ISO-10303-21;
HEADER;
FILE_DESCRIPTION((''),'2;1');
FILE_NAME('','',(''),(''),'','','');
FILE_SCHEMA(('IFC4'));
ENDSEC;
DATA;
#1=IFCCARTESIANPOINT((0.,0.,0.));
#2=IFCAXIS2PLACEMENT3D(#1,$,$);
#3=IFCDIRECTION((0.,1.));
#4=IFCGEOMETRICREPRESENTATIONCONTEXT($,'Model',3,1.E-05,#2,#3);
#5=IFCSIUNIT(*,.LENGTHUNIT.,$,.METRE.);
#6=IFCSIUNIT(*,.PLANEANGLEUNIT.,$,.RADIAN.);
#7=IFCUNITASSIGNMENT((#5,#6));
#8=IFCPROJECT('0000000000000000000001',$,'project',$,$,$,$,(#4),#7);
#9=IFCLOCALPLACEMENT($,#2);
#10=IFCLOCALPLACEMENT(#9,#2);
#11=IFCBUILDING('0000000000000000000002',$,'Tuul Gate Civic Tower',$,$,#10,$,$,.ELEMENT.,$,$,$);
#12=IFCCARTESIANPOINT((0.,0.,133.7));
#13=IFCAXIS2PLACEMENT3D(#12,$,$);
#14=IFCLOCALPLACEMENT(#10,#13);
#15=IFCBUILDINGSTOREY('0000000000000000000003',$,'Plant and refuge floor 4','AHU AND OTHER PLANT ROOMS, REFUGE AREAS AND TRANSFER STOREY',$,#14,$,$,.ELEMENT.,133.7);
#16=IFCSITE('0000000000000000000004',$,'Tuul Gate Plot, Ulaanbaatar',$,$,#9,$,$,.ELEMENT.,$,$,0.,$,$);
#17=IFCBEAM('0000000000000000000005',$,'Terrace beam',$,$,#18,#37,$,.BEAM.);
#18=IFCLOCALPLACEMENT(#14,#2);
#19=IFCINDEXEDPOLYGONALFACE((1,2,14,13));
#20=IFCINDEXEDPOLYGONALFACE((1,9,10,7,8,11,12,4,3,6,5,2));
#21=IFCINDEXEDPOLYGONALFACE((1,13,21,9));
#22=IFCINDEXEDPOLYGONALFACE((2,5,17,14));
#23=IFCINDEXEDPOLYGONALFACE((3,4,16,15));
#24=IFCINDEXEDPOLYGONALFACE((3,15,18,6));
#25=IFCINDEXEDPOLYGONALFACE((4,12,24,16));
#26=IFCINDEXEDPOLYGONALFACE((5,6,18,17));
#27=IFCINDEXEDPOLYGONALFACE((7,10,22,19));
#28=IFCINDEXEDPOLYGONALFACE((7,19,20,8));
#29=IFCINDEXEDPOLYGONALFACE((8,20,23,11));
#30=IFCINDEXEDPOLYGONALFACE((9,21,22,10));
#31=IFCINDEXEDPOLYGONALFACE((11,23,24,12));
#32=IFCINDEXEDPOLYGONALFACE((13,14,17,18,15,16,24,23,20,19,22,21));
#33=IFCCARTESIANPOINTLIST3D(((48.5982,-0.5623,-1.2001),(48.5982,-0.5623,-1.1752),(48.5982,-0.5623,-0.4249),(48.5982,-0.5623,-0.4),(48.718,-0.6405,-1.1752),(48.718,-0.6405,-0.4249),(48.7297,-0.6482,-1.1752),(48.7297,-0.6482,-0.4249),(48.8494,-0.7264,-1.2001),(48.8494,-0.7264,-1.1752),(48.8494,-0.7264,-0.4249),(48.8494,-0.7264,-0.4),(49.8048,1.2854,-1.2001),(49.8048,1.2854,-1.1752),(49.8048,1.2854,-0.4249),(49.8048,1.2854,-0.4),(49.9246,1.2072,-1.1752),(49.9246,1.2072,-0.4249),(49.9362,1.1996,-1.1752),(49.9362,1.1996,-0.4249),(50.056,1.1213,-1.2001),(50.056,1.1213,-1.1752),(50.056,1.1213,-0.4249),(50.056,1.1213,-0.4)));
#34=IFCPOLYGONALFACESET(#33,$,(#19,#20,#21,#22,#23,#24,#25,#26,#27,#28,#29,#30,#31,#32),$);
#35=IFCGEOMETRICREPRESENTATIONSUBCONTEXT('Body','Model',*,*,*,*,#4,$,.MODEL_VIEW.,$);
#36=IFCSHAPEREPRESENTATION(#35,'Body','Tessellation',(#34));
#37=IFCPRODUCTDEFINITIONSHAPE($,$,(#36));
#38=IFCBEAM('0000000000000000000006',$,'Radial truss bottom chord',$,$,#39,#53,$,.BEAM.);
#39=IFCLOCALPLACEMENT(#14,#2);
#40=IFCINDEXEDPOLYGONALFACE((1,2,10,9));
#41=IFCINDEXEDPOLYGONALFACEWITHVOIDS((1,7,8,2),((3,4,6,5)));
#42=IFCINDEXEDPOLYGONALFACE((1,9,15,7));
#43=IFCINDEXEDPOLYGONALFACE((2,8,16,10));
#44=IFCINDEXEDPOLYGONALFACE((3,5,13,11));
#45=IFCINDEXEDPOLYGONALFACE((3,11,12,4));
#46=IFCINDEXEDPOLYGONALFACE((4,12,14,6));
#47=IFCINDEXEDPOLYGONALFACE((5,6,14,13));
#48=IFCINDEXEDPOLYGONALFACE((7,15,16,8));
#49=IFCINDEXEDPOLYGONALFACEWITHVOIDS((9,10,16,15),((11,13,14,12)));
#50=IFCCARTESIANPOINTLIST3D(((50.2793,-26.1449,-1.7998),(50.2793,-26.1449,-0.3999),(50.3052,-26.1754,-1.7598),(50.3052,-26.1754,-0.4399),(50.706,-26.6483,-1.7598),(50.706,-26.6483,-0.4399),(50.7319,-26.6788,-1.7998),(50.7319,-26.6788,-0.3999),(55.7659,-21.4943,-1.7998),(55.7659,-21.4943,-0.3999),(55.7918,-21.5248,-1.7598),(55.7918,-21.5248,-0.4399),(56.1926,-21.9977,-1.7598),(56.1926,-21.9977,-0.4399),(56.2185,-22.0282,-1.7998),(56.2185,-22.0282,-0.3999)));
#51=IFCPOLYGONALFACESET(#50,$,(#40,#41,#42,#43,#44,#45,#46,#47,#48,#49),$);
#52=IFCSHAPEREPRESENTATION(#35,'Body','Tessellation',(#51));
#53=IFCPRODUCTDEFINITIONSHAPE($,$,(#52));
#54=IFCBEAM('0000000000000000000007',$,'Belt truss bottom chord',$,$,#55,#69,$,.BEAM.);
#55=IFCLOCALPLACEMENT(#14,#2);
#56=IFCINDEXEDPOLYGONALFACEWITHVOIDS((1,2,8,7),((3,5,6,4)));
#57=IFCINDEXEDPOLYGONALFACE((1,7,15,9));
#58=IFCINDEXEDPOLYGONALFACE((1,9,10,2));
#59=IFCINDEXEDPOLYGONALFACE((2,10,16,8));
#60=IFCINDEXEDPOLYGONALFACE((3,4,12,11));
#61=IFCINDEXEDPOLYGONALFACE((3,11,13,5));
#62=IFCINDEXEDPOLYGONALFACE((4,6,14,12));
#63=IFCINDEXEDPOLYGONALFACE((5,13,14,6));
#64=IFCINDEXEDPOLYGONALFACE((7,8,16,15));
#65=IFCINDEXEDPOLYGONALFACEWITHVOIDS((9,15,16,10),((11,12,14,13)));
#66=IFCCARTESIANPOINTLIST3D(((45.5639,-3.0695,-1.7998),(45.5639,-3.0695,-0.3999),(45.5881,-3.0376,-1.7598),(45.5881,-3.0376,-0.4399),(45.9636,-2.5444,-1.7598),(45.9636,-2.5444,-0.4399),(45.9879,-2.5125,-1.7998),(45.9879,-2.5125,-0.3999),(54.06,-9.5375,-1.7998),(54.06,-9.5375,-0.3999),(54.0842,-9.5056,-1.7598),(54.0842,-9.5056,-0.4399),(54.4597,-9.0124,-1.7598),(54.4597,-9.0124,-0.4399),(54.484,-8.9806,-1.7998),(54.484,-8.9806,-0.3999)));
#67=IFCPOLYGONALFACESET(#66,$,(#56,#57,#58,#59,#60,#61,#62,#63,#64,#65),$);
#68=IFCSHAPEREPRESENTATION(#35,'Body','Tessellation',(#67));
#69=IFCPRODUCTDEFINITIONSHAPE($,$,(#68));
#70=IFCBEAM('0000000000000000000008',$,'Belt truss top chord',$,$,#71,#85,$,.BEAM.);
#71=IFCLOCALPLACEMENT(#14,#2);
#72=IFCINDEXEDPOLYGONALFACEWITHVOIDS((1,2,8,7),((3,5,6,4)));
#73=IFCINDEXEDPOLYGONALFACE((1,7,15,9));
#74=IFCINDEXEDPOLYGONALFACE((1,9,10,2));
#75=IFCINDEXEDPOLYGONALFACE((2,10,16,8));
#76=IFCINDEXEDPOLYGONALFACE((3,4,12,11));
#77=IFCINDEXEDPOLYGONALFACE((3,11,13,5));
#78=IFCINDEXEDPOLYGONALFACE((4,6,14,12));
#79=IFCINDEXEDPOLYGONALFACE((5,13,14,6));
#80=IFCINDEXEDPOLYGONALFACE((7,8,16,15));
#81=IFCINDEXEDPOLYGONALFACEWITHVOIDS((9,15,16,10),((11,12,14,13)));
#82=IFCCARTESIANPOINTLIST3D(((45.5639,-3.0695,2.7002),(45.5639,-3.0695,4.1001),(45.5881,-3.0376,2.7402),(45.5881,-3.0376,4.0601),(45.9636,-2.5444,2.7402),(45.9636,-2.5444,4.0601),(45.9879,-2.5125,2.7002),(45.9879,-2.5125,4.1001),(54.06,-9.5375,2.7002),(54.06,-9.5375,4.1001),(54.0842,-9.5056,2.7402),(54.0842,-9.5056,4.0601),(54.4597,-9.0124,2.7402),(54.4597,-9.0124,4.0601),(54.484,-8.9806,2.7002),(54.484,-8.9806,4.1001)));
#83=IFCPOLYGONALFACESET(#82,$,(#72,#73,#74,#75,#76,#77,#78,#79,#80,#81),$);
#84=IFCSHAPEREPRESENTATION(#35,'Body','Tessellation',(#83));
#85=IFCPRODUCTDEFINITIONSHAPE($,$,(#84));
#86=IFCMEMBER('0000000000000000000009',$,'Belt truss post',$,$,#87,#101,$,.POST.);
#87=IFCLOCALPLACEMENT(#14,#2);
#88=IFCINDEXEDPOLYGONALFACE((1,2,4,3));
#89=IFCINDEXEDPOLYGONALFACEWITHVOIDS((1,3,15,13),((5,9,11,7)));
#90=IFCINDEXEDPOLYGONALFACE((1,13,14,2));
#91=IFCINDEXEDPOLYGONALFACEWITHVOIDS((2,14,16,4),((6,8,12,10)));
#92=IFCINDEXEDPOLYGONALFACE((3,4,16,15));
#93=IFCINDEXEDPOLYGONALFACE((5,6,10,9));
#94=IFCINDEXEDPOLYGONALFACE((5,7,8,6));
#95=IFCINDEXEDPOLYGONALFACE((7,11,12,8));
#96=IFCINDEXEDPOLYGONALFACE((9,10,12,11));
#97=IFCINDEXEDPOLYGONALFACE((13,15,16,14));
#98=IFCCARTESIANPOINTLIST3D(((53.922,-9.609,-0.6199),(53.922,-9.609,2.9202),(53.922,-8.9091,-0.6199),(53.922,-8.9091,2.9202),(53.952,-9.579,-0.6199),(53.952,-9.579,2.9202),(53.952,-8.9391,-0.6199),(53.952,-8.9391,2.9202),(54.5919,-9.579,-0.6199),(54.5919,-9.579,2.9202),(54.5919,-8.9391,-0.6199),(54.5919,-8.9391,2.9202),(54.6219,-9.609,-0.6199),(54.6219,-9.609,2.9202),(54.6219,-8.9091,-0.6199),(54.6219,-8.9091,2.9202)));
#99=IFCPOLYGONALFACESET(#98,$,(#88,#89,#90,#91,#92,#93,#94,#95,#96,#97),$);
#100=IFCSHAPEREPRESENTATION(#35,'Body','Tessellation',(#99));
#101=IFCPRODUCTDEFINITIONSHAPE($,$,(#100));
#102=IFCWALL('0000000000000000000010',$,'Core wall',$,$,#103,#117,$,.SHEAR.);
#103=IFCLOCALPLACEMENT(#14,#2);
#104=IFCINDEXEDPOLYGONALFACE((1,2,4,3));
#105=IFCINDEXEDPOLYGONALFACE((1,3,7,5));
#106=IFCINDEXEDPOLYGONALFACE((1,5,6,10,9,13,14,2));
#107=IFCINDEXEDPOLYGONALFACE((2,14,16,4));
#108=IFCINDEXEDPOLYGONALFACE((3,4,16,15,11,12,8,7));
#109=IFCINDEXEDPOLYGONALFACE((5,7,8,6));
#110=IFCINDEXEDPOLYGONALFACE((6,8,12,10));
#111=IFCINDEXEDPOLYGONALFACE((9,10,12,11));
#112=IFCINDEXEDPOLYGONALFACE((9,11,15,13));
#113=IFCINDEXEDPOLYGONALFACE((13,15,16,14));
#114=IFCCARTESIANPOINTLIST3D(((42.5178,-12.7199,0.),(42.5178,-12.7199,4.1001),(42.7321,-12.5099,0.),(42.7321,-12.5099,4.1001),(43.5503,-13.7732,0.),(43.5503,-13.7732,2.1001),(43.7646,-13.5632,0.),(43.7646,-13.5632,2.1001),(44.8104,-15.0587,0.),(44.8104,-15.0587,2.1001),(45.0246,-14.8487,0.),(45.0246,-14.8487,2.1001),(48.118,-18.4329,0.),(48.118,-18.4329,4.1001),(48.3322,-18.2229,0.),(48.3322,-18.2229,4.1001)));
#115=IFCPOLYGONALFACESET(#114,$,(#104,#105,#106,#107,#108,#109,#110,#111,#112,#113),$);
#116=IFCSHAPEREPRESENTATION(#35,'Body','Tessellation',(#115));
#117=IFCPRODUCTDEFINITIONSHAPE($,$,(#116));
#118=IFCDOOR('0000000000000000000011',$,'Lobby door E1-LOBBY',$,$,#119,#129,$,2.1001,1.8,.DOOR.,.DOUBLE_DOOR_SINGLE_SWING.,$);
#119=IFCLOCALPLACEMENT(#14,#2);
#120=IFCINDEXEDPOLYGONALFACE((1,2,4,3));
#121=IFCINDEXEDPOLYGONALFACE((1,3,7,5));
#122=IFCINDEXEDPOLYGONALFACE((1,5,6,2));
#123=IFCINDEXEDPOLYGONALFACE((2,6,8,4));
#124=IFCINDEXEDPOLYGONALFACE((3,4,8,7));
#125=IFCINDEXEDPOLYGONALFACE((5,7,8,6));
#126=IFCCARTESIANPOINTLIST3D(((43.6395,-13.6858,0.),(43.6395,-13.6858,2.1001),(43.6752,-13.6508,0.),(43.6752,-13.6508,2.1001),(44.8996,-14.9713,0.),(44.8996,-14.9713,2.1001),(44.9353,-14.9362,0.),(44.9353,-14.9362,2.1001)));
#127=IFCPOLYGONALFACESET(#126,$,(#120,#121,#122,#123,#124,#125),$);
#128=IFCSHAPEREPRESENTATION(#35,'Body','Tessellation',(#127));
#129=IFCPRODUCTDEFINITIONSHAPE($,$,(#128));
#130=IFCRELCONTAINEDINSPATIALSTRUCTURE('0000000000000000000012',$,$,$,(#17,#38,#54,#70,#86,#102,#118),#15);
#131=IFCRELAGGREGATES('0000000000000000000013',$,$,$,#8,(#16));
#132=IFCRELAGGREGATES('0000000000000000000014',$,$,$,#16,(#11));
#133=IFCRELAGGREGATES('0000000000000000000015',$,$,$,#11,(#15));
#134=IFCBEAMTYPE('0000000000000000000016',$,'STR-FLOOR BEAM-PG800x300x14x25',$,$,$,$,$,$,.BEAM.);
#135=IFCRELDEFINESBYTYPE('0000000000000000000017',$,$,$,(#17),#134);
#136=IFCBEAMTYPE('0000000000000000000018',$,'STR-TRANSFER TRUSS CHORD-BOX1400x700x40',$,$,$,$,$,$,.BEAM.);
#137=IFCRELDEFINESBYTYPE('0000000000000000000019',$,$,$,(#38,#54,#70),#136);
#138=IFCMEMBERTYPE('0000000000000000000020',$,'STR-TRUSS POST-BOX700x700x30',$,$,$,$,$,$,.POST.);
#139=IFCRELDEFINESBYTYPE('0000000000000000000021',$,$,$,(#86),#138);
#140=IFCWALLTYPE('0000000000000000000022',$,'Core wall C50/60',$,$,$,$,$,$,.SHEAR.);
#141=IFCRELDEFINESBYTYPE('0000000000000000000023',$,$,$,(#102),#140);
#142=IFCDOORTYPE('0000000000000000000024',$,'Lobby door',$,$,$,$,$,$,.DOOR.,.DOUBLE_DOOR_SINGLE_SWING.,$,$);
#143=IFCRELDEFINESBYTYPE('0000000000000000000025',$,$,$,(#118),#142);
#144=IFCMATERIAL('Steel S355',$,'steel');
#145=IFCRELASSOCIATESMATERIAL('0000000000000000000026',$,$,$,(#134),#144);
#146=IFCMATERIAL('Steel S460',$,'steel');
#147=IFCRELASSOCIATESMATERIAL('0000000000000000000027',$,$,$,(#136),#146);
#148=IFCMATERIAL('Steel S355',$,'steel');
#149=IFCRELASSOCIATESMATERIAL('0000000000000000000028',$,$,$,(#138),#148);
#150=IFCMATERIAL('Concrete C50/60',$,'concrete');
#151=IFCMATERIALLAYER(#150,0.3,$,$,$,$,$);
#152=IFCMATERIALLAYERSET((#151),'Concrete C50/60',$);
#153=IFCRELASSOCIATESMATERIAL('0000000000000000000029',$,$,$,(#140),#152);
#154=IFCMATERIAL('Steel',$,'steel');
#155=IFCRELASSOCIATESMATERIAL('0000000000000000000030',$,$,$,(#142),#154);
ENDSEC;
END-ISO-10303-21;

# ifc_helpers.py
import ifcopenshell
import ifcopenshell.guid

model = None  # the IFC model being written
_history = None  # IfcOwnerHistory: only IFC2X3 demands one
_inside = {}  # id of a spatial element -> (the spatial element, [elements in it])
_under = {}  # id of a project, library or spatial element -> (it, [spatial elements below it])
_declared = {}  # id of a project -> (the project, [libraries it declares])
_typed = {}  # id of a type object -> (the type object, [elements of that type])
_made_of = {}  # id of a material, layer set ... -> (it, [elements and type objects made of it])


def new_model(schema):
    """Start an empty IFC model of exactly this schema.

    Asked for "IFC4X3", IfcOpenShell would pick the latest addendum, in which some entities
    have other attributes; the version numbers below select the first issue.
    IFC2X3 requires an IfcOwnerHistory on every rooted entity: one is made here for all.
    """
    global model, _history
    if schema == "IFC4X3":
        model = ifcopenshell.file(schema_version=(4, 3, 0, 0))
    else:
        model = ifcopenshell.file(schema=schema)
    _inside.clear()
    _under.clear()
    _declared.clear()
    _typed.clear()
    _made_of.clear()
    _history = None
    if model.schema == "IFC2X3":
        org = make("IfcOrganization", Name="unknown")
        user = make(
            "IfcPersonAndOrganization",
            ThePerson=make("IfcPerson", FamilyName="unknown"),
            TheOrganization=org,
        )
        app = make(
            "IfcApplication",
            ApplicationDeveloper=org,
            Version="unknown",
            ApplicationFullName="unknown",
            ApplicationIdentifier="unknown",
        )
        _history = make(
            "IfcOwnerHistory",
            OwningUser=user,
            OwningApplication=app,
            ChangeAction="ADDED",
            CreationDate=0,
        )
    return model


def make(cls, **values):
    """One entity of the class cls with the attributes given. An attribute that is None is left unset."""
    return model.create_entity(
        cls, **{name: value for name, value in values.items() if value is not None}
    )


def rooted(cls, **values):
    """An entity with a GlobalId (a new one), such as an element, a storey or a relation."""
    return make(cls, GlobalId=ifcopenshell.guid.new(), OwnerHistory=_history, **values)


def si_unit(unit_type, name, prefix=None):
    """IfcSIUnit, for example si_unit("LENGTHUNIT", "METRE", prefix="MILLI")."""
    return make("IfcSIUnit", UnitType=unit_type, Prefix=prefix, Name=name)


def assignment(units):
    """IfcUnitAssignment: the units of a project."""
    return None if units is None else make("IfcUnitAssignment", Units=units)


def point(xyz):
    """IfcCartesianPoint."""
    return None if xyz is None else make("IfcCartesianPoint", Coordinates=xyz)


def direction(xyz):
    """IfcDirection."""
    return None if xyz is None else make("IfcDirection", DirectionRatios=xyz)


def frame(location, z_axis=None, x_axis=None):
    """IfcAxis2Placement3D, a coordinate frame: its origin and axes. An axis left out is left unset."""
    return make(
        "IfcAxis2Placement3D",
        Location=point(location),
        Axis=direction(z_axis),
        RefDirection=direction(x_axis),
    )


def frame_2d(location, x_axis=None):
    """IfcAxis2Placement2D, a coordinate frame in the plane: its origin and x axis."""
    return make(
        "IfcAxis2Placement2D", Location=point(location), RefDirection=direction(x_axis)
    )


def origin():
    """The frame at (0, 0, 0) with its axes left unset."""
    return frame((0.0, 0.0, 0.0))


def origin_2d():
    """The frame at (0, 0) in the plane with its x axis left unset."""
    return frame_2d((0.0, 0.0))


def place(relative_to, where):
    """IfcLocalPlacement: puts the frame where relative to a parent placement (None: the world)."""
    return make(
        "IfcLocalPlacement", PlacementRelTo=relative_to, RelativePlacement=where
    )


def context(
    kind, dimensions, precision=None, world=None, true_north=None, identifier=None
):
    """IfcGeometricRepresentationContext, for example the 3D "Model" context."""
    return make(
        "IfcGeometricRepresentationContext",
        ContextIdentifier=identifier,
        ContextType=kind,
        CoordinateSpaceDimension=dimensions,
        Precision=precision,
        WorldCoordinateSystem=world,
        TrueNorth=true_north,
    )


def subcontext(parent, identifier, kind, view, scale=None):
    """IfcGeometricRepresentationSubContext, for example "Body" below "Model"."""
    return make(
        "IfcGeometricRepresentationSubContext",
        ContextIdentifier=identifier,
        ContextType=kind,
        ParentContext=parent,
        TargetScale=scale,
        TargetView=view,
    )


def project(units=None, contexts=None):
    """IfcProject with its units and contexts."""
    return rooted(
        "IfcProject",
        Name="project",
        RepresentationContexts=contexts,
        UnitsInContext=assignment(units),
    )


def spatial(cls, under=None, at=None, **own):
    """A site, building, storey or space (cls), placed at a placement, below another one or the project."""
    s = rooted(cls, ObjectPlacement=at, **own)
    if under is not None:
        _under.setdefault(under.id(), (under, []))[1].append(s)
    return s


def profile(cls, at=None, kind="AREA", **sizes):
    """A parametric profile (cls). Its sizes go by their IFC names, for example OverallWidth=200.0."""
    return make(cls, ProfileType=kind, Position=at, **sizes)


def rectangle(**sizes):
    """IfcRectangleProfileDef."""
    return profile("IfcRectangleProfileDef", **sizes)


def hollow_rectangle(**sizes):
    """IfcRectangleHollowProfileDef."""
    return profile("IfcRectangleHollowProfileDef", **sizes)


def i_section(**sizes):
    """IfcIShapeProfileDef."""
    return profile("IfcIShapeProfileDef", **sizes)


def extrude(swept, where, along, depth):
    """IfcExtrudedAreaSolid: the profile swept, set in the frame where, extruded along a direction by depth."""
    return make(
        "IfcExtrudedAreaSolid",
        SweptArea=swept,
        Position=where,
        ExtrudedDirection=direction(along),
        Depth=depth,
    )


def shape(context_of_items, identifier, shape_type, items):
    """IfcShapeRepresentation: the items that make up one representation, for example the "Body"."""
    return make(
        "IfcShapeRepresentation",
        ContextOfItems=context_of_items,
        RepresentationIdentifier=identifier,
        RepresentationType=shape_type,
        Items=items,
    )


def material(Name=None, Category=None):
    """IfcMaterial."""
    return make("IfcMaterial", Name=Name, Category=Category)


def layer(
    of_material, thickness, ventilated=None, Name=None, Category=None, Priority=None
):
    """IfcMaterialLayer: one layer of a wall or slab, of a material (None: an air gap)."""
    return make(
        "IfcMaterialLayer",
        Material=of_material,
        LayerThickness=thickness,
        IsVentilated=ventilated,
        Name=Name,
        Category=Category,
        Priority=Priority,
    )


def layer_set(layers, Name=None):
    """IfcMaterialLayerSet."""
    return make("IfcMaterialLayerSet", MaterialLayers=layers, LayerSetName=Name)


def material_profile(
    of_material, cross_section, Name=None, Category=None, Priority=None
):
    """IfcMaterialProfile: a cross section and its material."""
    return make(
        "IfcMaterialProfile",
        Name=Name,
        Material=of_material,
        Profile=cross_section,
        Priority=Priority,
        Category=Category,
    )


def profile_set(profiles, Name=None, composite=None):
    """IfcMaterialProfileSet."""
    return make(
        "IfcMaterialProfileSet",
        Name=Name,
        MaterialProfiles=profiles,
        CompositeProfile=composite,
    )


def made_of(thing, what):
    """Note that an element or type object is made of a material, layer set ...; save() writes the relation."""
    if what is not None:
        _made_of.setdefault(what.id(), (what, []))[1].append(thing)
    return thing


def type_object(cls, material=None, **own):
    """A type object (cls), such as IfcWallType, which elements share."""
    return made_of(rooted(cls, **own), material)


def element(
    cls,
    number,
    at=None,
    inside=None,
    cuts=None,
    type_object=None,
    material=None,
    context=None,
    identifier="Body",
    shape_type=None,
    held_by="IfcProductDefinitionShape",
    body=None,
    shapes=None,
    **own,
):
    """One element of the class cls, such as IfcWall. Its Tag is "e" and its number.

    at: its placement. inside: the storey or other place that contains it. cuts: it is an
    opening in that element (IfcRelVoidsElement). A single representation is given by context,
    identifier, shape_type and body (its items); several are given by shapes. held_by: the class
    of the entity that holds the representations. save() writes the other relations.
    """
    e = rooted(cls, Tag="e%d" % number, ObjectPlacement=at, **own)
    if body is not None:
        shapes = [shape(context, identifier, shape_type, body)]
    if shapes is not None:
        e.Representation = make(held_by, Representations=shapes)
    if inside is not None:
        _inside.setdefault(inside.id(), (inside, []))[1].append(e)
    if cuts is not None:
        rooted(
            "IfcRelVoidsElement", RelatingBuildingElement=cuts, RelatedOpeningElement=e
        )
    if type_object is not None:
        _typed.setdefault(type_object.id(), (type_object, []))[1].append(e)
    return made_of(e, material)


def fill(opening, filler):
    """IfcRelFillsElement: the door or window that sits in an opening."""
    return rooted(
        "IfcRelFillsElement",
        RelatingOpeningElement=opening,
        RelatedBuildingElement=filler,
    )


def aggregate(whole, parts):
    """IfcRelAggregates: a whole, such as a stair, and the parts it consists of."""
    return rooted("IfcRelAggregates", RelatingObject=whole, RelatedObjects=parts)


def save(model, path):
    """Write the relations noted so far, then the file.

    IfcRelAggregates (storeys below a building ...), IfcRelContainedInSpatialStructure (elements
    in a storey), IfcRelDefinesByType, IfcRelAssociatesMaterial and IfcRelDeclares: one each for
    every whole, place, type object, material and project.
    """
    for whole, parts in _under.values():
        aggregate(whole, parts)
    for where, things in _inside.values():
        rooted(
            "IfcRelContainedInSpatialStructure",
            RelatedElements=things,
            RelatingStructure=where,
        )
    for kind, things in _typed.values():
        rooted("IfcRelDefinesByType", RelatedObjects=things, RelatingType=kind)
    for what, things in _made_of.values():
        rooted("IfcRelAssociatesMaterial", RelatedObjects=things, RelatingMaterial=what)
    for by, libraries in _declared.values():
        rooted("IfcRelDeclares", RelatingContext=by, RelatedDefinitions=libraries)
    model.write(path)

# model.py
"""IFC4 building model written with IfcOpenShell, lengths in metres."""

from ifc_helpers import new_model, si_unit, direction, frame, frame_2d, origin, origin_2d, place, context, subcontext, project, spatial, rectangle, hollow_rectangle, i_section, extrude, material, layer, layer_set, material_profile, profile_set, type_object, element, fill, save


model = new_model("IFC4")

# Units and contexts
model_context = context("Model", 3, precision=1e-05, world=origin(), true_north=direction((0.0, 1.0)))
body_context = subcontext(model_context, "Body", "Model", "MODEL_VIEW")
ifc_project = project(units=[si_unit("LENGTHUNIT", "METRE"), si_unit("PLANEANGLEUNIT", "RADIAN")], contexts=[model_context])

# Site, building, storey
site_placement = place(None, origin())
site = spatial("IfcSite", under=ifc_project, at=site_placement, Name="Tuul Gate Plot, Ulaanbaatar", CompositionType="ELEMENT", RefElevation=0.0)
building_placement = place(site_placement, origin())
building = spatial("IfcBuilding", under=site, at=building_placement, Name="Tuul Gate Civic Tower", CompositionType="ELEMENT")
storey_placement = place(building_placement, frame((0.0, 0.0, 133.7)))
storey = spatial("IfcBuildingStorey", under=building, at=storey_placement, Name="Plant and refuge floor 4", Description="AHU AND OTHER PLANT ROOMS, REFUGE AREAS AND TRANSFER STOREY", CompositionType="ELEMENT", Elevation=133.7)

# Beams
ifc_material_1 = material(Name="Steel S355", Category="steel")
ifc_material_profile_1 = material_profile(ifc_material_1, i_section(OverallWidth=0.3, OverallDepth=0.8, WebThickness=0.0139, FlangeThickness=0.0249, at=origin_2d()), Name="PG800x300x14x25")
ifc_profile_set_1 = profile_set([ifc_material_profile_1], Name="Steel S355")
beam_type_1 = type_object("IfcBeamType", Name="STR-FLOOR BEAM-PG800x300x14x25", PredefinedType="BEAM", material=ifc_profile_set_1)
beam_1_placement = place(storey_placement, frame((49.9304, 1.2034, -0.8), z_axis=(-0.54676, -0.837289, 0.0), x_axis=(0.837289, -0.54676, 0.0)))
element("IfcBeam", 1, at=beam_1_placement, inside=storey, type_object=beam_type_1, Name="Terrace beam", PredefinedType="BEAM", context=body_context, shape_type="SweptSolid", body=[
    extrude(i_section(OverallWidth=0.3, OverallDepth=0.8, WebThickness=0.0139, FlangeThickness=0.0249, at=origin_2d()), origin(), (0.0, 0.0, 1.0), 2.2068),
])
ifc_material_2 = material(Name="Steel S460", Category="steel")
ifc_material_profile_2 = material_profile(ifc_material_2, hollow_rectangle(XDim=0.7, YDim=1.3999, WallThickness=0.04, at=origin_2d()), Name="BOX1400x700x40")
ifc_profile_set_2 = profile_set([ifc_material_profile_2], Name="Steel S460")
beam_type_2 = type_object("IfcBeamType", Name="STR-TRANSFER TRUSS CHORD-BOX1400x700x40", PredefinedType="BEAM", material=ifc_profile_set_2)
beam_2_placement = place(storey_placement, frame((55.9922, -21.7612, -1.0999), z_axis=(-0.762827, -0.646602, 0.0), x_axis=(0.646602, -0.762827, 0.0)))
element("IfcBeam", 2, at=beam_2_placement, inside=storey, type_object=beam_type_2, Name="Radial truss bottom chord", PredefinedType="BEAM", context=body_context, shape_type="SweptSolid", body=[
    extrude(hollow_rectangle(XDim=0.7, YDim=1.3999, WallThickness=0.04, at=origin_2d()), origin(), (0.0, 0.0, 1.0), 7.1924),
])
for number, where, z_axis, x_axis, name in (
    (3, (54.272, -9.259, -1.0999), (-0.795666, 0.605735, 0.0), (-0.605735, -0.795666, 0.0), "Belt truss bottom chord"),
    (4, (54.272, -9.259, 3.4001), (-0.795666, 0.605735, 0.0), (-0.605735, -0.795666, 0.0), "Belt truss top chord"),
):
    element("IfcBeam", number, at=place(storey_placement, frame(where, z_axis=z_axis, x_axis=x_axis)), inside=storey, type_object=beam_type_2, Name=name, PredefinedType="BEAM", context=body_context, shape_type="SweptSolid", body=[
        extrude(hollow_rectangle(XDim=0.7, YDim=1.3999, WallThickness=0.04, at=origin_2d()), origin(), (0.0, 0.0, 1.0), 10.678),
    ])

# Member
ifc_material_3 = material(Name="Steel S355", Category="steel")
ifc_material_profile_3 = material_profile(ifc_material_3, hollow_rectangle(XDim=0.7, YDim=0.7, WallThickness=0.03, at=origin_2d()), Name="BOX700x700x30")
ifc_profile_set_3 = profile_set([ifc_material_profile_3], Name="Steel S355")
member_type = type_object("IfcMemberType", Name="STR-TRUSS POST-BOX700x700x30", PredefinedType="POST", material=ifc_profile_set_3)
member_placement = place(storey_placement, frame((54.272, -9.259, -0.6199), z_axis=(0.0, 0.0, 1.0), x_axis=(1.0, 0.0, 0.0)))
element("IfcMember", 5, at=member_placement, inside=storey, type_object=member_type, Name="Belt truss post", PredefinedType="POST", context=body_context, shape_type="SweptSolid", body=[
    extrude(hollow_rectangle(XDim=0.7, YDim=0.7, WallThickness=0.03, at=origin_2d()), origin(), (0.0, 0.0, 1.0), 3.54),
])

# Wall, opening, door
ifc_material_4 = material(Name="Concrete C50/60", Category="concrete")
ifc_layer_1 = layer(ifc_material_4, 0.3)
ifc_layer_set_1 = layer_set([ifc_layer_1], Name="Concrete C50/60")
wall_type_1 = type_object("IfcWallType", Name="Core wall C50/60", PredefinedType="SHEAR", material=ifc_layer_set_1)
wall_1_placement = place(storey_placement, frame((48.2251, -18.3279, 0.0), z_axis=(0.0, 0.0, 1.0), x_axis=(-0.700022, 0.714121, 0.0)))
wall_1 = element("IfcWall", 6, at=wall_1_placement, inside=storey, type_object=wall_type_1, Name="Core wall", PredefinedType="SHEAR", context=body_context, shape_type="SweptSolid", body=[
    extrude(rectangle(XDim=8.0, YDim=0.3, at=frame_2d((4.0, 0.0))), origin(), (0.0, 0.0, 1.0), 4.1001),
])
opening_1_placement = place(wall_1_placement, frame((4.7251, 0.0, 0.0)))
opening_1 = element("IfcOpeningElement", 7, at=opening_1_placement, cuts=wall_1, PredefinedType="OPENING", context=body_context, shape_type="SweptSolid", body=[
    extrude(rectangle(XDim=1.8, YDim=2.1001, at=frame_2d((0.8999, 1.05))), frame((0.0, 0.1602, 0.0), z_axis=(0.0, -1.0, 0.0), x_axis=(1.0, 0.0, 0.0)), (0.0, 0.0, 1.0), 0.3201),
])
ifc_material_5 = material(Name="Steel", Category="steel")
door_type_1 = type_object("IfcDoorType", Name="Lobby door", OperationType="DOUBLE_DOOR_SINGLE_SWING", PredefinedType="DOOR", material=ifc_material_5)
door_1_placement = place(opening_1_placement, frame((1.8, 0.0, 0.0), z_axis=(0.0, 0.0, 1.0), x_axis=(-1.0, 0.0, 0.0)))
door_1 = element("IfcDoor", 8, at=door_1_placement, inside=storey, type_object=door_type_1, Name="Lobby door E1-LOBBY", OperationType="DOUBLE_DOOR_SINGLE_SWING", OverallHeight=2.1001, OverallWidth=1.8, PredefinedType="DOOR", context=body_context, shape_type="SweptSolid", body=[
    extrude(rectangle(XDim=1.8, YDim=2.1001, at=frame_2d((0.9001, 1.05))), frame((0.0, 0.0249, 0.0), z_axis=(0.0, -1.0, 0.0), x_axis=(1.0, 0.0, 0.0)), (0.0, 0.0, 1.0), 0.05),
])
fill(opening_1, door_1)

save(model, "model.ifc")
